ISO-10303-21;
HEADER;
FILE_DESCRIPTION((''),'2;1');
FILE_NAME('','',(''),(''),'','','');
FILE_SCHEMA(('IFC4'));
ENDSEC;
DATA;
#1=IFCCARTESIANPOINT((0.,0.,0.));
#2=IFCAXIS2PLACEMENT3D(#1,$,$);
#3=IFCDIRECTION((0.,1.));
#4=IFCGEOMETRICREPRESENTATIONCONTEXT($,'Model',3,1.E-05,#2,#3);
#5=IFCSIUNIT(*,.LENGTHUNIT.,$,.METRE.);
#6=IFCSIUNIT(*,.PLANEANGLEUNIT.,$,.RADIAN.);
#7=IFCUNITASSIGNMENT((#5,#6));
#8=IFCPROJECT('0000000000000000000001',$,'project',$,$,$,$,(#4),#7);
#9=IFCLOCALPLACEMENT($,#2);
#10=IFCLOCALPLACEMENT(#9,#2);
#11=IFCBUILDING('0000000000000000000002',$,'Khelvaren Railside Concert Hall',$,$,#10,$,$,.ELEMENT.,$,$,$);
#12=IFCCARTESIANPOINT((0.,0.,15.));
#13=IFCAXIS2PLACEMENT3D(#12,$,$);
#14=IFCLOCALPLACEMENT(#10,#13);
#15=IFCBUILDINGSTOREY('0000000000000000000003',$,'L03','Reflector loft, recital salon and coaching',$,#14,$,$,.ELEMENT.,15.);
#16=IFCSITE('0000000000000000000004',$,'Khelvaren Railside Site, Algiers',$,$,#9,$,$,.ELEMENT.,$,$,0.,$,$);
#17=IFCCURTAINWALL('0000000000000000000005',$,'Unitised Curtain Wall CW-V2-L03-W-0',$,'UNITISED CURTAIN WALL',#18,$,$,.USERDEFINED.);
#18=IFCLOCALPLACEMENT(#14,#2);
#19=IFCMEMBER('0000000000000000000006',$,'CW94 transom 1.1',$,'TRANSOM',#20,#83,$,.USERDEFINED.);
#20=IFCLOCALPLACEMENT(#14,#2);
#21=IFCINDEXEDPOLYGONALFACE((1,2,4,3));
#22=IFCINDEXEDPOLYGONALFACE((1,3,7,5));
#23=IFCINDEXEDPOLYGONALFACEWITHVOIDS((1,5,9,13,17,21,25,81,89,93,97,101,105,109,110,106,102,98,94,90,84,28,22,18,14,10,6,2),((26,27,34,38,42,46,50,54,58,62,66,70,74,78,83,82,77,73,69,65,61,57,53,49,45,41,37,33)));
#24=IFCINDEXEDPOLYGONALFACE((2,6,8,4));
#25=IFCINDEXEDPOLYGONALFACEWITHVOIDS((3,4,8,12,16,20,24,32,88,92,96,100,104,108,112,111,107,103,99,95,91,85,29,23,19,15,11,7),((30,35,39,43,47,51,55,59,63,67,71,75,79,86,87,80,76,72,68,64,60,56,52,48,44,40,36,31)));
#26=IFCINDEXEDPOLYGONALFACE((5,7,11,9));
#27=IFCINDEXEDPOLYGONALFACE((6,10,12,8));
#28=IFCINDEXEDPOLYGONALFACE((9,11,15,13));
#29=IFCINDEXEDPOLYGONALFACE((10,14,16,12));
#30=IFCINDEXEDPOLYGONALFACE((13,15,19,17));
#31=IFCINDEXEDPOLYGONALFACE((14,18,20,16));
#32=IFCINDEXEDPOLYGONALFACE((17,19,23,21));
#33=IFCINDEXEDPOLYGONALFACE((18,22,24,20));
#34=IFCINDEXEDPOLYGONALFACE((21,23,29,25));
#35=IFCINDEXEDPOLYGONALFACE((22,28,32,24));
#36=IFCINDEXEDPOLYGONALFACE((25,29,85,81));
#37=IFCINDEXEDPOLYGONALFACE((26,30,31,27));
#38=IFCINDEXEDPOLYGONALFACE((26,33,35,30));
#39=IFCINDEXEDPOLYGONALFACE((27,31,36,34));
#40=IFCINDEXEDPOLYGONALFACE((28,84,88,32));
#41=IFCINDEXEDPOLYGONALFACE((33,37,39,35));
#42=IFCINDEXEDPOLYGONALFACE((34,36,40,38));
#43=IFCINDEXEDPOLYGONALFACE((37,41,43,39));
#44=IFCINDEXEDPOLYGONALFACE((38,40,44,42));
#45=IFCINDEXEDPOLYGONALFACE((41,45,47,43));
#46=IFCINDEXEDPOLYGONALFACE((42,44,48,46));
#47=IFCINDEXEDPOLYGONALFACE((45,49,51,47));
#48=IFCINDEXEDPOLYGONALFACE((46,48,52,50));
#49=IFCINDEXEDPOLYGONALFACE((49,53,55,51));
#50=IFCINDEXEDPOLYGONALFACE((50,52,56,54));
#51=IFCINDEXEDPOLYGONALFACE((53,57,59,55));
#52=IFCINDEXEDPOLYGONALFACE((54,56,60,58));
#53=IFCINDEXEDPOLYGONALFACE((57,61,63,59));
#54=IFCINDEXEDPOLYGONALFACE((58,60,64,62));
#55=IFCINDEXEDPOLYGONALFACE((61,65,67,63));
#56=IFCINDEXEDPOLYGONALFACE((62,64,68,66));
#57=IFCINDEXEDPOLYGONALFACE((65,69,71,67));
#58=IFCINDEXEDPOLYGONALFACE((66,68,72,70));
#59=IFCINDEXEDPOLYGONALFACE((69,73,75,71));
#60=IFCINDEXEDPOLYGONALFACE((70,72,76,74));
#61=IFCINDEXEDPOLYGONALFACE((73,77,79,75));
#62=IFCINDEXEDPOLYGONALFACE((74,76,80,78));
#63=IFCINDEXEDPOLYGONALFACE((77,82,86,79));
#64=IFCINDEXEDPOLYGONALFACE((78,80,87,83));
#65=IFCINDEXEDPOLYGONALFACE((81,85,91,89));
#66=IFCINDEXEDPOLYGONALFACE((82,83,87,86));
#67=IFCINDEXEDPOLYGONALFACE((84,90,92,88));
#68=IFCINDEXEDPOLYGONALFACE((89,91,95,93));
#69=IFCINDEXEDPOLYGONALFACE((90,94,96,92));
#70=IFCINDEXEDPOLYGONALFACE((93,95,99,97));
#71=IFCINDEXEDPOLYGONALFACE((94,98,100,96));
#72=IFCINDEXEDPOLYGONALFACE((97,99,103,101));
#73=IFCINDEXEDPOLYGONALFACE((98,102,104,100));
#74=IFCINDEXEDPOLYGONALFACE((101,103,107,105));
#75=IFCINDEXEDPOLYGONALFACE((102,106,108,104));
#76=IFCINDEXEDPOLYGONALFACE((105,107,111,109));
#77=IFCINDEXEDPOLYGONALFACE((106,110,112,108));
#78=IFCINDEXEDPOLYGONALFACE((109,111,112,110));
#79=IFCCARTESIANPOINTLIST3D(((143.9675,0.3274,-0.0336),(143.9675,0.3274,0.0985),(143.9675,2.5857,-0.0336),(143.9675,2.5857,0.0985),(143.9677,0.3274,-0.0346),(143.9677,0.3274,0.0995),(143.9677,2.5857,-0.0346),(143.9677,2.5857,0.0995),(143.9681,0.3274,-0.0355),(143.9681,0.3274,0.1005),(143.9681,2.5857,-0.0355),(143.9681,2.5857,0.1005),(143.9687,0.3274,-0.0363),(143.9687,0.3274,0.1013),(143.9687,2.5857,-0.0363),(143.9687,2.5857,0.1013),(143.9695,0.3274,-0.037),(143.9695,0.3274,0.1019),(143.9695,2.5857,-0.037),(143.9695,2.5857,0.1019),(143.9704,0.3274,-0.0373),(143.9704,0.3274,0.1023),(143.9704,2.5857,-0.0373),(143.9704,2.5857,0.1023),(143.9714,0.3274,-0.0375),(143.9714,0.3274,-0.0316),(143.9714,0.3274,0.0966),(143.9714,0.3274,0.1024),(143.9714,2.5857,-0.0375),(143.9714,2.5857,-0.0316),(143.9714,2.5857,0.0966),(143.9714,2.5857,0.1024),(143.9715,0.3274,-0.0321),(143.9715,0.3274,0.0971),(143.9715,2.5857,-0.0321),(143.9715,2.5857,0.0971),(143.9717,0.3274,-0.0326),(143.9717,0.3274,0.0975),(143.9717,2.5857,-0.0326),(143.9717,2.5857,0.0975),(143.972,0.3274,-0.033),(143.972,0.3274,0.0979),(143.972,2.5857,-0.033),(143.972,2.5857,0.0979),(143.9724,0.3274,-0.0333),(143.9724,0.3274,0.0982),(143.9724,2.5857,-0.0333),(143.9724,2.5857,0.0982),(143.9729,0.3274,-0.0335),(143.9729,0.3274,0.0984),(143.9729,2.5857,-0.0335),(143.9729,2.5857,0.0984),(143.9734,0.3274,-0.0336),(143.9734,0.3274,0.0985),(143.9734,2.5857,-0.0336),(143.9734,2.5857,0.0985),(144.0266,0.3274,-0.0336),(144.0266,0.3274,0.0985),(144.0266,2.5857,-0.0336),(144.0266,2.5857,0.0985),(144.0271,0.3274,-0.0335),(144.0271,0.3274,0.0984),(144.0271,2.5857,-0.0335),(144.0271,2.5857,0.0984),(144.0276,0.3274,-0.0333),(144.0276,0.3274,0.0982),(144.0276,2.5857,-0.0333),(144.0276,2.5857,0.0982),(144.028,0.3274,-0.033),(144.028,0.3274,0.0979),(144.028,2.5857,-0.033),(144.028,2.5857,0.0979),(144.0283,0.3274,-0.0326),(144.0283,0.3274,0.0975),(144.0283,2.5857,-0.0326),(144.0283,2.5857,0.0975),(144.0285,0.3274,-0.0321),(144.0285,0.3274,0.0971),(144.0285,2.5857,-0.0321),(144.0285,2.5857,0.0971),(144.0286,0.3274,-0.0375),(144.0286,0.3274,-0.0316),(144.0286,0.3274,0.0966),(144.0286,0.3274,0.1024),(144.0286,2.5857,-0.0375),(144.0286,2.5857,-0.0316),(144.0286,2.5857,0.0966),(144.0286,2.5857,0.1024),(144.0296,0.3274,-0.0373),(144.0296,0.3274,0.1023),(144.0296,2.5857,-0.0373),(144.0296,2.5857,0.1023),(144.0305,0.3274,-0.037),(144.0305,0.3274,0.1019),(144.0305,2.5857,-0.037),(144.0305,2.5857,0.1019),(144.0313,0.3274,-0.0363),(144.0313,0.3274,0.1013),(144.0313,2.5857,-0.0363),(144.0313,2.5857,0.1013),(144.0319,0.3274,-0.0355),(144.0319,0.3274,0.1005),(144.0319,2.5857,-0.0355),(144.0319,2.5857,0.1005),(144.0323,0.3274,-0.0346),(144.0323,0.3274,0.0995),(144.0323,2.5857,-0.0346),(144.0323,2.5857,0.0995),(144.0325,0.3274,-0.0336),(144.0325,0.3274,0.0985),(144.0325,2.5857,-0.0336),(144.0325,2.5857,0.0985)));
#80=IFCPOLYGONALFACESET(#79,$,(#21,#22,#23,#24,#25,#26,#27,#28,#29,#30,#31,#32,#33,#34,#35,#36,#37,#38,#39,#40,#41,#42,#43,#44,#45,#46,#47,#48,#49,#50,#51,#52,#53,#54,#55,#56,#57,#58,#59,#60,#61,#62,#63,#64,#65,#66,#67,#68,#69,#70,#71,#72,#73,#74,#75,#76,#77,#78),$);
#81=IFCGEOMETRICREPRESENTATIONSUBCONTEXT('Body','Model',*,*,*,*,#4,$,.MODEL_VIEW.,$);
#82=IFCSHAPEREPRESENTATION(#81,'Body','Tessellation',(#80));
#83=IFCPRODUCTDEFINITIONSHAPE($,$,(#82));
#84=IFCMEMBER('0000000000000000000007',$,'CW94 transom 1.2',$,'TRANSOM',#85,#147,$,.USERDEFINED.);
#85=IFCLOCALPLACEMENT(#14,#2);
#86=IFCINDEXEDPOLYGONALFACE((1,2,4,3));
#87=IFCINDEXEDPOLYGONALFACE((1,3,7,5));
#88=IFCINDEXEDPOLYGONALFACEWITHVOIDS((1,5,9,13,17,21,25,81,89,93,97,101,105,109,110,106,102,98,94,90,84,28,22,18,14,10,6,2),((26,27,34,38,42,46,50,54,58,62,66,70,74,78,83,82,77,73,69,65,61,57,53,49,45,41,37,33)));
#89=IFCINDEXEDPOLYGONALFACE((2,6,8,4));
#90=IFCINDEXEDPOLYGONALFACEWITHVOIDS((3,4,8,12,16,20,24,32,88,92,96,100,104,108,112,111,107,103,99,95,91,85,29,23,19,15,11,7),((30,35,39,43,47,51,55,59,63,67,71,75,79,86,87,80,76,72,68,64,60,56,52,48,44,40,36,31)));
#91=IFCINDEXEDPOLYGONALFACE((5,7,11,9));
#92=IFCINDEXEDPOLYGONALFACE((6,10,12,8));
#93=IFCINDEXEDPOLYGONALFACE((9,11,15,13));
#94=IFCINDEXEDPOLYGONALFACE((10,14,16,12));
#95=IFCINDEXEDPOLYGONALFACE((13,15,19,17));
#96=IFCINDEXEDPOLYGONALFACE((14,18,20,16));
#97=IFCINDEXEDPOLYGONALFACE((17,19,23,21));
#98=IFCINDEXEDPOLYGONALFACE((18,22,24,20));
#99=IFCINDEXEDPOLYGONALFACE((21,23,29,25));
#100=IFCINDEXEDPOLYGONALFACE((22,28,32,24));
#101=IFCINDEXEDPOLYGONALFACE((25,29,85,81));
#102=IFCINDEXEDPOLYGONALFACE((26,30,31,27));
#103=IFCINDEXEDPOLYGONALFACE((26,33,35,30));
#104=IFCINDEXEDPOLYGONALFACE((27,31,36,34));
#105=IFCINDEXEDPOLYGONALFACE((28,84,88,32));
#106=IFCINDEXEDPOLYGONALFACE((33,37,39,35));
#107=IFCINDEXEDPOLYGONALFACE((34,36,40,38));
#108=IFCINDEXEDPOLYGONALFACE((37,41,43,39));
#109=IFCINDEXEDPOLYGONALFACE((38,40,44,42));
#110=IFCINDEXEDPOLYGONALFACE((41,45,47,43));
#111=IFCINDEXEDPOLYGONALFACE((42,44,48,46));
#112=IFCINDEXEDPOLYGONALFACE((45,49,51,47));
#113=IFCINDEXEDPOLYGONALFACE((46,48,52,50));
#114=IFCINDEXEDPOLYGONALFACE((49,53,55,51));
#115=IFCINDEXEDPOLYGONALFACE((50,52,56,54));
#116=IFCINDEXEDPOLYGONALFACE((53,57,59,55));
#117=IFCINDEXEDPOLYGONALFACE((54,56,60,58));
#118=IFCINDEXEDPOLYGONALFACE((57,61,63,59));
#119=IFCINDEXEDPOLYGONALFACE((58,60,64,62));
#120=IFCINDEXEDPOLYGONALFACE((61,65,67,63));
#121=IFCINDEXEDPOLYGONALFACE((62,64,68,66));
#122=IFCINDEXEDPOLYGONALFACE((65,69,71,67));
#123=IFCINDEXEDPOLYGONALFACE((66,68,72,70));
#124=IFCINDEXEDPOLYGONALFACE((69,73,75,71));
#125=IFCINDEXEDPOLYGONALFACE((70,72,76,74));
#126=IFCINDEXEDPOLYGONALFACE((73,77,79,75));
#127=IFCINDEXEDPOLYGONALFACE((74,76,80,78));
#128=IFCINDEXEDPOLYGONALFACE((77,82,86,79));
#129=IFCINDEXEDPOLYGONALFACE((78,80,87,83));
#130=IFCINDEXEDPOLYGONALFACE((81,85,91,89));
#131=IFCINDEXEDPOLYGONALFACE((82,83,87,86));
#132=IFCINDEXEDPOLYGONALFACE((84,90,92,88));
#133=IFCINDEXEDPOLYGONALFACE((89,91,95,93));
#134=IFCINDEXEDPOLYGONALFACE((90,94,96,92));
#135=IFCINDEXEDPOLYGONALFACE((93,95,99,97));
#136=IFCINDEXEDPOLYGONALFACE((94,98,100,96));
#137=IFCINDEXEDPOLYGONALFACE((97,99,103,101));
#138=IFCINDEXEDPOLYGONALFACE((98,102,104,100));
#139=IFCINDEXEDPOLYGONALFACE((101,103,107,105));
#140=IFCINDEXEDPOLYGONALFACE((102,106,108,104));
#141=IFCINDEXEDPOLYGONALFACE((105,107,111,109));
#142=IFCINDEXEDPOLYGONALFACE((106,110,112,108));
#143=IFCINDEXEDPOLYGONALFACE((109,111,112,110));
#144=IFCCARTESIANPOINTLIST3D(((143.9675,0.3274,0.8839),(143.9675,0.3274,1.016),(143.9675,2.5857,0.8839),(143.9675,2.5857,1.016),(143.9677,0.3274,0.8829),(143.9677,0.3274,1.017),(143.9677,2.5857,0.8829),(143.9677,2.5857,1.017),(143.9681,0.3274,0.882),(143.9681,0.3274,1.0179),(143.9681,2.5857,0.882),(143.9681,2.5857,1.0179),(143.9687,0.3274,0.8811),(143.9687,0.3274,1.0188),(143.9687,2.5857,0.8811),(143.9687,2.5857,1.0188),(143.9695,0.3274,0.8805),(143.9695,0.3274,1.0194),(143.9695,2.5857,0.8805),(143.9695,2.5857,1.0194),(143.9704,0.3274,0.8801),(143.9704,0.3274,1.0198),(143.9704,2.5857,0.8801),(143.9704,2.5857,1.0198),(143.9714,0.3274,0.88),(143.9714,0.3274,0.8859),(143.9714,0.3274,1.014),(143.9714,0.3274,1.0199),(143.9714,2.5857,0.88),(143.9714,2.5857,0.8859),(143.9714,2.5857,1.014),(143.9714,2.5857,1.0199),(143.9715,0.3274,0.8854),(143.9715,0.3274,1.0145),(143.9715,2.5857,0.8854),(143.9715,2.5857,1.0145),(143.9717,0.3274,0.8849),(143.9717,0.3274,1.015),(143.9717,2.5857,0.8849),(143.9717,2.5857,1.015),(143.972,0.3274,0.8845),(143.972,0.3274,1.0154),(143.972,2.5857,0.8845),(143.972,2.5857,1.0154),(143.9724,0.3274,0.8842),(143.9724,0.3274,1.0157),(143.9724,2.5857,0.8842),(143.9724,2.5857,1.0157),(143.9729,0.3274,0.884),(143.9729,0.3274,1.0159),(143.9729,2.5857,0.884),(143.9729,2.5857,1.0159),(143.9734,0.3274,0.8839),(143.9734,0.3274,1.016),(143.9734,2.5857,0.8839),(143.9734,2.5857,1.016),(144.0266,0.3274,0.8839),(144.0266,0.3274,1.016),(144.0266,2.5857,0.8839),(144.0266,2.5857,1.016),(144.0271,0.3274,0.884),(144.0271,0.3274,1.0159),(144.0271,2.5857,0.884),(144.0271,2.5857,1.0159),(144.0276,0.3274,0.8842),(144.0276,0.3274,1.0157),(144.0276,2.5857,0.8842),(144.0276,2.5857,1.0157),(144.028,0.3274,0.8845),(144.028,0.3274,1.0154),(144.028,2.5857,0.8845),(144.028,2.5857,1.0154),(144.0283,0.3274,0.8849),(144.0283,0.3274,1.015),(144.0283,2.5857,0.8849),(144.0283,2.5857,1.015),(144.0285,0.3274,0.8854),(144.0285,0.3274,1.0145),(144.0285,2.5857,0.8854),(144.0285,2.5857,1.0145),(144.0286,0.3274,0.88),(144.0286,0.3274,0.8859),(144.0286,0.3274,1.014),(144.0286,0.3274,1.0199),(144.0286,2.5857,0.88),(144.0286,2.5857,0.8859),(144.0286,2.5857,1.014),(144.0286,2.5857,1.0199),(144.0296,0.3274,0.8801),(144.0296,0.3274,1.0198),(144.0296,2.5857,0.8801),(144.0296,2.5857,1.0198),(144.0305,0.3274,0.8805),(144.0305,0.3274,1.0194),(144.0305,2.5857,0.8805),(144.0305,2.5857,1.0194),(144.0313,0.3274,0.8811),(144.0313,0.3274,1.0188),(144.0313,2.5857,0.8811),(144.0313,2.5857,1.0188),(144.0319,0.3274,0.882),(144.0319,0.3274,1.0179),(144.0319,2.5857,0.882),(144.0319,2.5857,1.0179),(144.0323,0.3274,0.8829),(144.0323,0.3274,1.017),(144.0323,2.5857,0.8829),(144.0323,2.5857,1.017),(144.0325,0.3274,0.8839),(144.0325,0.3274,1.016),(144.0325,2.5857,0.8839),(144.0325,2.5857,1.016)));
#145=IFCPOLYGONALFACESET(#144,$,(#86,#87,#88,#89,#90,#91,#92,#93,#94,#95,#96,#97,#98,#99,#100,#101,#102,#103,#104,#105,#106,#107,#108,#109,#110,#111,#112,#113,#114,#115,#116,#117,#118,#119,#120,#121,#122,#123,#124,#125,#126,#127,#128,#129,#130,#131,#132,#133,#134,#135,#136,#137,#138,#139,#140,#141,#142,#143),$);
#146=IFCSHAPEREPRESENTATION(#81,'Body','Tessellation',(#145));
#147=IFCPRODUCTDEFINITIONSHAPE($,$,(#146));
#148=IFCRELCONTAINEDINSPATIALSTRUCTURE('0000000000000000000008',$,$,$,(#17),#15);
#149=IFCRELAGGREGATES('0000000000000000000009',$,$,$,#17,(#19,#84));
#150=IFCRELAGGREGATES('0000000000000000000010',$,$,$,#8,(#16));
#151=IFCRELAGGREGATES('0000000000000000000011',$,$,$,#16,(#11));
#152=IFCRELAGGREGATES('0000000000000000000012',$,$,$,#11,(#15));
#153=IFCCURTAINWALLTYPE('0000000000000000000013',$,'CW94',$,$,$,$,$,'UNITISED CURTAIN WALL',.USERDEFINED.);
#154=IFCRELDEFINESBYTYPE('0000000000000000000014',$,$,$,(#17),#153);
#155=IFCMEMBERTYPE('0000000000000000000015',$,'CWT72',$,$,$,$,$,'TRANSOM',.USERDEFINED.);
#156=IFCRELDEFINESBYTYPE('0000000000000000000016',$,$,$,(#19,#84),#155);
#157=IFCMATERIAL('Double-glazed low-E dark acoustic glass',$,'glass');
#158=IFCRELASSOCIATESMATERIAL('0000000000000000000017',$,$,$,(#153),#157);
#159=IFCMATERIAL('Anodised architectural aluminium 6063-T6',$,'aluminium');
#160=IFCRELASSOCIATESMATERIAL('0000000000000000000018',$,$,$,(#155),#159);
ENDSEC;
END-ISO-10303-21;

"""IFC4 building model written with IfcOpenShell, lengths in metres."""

from ifc_helpers import new_model, si_unit, direction, frame, origin, origin_2d, place, context, subcontext, project, spatial, hollow_rectangle, extrude, material, material_profile, profile_set, type_object, element, aggregate, save


model = new_model("IFC4")

# Units and contexts
model_context = context("Model", 3, precision=1e-05, world=origin(), true_north=direction((0.0, 1.0)))
body_context = subcontext(model_context, "Body", "Model", "MODEL_VIEW")
ifc_project = project(units=[si_unit("LENGTHUNIT", "METRE"), si_unit("PLANEANGLEUNIT", "RADIAN")], contexts=[model_context])

# Site, building, storey
site_placement = place(None, origin())
site = spatial("IfcSite", under=ifc_project, at=site_placement, Name="Khelvaren Railside Site, Algiers", CompositionType="ELEMENT", RefElevation=0.0)
building_placement = place(site_placement, origin())
building = spatial("IfcBuilding", under=site, at=building_placement, Name="Khelvaren Railside Concert Hall", CompositionType="ELEMENT")
storey_placement = place(building_placement, frame((0.0, 0.0, 15.0)))
storey = spatial("IfcBuildingStorey", under=building, at=storey_placement, Name="L03", Description="Reflector loft, recital salon and coaching", CompositionType="ELEMENT", Elevation=15.0)

# Curtain wall, members
ifc_material_1 = material(Name="Double-glazed low-E dark acoustic glass", Category="glass")
curtain_wall_type = type_object("IfcCurtainWallType", Name="CW94", ElementType="UNITISED CURTAIN WALL", PredefinedType="USERDEFINED", material=ifc_material_1)
curtain_wall_placement = place(storey_placement, origin())
curtain_wall = element("IfcCurtainWall", 1, at=curtain_wall_placement, inside=storey, type_object=curtain_wall_type, Name="Unitised Curtain Wall CW-V2-L03-W-0", ObjectType="UNITISED CURTAIN WALL", PredefinedType="USERDEFINED")
ifc_material_2 = material(Name="Anodised architectural aluminium 6063-T6", Category="aluminium")
ifc_material_profile_1 = material_profile(ifc_material_2, hollow_rectangle(XDim=0.0649, YDim=0.1399, WallThickness=0.0039, InnerFilletRadius=0.002, OuterFilletRadius=0.0039, at=origin_2d()), Name="CWT 65x140x4")
ifc_profile_set_1 = profile_set([ifc_material_profile_1], Name="Anodised architectural aluminium 6063-T6")
member_type_1 = type_object("IfcMemberType", Name="CWT72", ElementType="TRANSOM", PredefinedType="USERDEFINED", material=ifc_profile_set_1)
member_1_placement = place(storey_placement, frame((144.0, 0.3274, 0.0325), z_axis=(0.0, 1.0, 0.0), x_axis=(-1.0, 0.0, 0.0)))
member_1 = element("IfcMember", 2, at=member_1_placement, type_object=member_type_1, Name="CW94 transom 1.1", ObjectType="TRANSOM", PredefinedType="USERDEFINED", context=body_context, shape_type="SweptSolid", body=[
    extrude(hollow_rectangle(XDim=0.0649, YDim=0.1399, WallThickness=0.0039, InnerFilletRadius=0.002, OuterFilletRadius=0.0039, at=origin_2d()), origin(), (0.0, 0.0, 1.0), 2.2583),
])
member_2_placement = place(storey_placement, frame((144.0, 0.3274, 0.95), z_axis=(0.0, 1.0, 0.0), x_axis=(-1.0, 0.0, 0.0)))
member_2 = element("IfcMember", 3, at=member_2_placement, type_object=member_type_1, Name="CW94 transom 1.2", ObjectType="TRANSOM", PredefinedType="USERDEFINED", context=body_context, shape_type="SweptSolid", body=[
    extrude(hollow_rectangle(XDim=0.0649, YDim=0.1399, WallThickness=0.0039, InnerFilletRadius=0.002, OuterFilletRadius=0.0039, at=origin_2d()), origin(), (0.0, 0.0, 1.0), 2.2583),
])

aggregate(curtain_wall, [member_1, member_2])

save(model, "model.ifc")
